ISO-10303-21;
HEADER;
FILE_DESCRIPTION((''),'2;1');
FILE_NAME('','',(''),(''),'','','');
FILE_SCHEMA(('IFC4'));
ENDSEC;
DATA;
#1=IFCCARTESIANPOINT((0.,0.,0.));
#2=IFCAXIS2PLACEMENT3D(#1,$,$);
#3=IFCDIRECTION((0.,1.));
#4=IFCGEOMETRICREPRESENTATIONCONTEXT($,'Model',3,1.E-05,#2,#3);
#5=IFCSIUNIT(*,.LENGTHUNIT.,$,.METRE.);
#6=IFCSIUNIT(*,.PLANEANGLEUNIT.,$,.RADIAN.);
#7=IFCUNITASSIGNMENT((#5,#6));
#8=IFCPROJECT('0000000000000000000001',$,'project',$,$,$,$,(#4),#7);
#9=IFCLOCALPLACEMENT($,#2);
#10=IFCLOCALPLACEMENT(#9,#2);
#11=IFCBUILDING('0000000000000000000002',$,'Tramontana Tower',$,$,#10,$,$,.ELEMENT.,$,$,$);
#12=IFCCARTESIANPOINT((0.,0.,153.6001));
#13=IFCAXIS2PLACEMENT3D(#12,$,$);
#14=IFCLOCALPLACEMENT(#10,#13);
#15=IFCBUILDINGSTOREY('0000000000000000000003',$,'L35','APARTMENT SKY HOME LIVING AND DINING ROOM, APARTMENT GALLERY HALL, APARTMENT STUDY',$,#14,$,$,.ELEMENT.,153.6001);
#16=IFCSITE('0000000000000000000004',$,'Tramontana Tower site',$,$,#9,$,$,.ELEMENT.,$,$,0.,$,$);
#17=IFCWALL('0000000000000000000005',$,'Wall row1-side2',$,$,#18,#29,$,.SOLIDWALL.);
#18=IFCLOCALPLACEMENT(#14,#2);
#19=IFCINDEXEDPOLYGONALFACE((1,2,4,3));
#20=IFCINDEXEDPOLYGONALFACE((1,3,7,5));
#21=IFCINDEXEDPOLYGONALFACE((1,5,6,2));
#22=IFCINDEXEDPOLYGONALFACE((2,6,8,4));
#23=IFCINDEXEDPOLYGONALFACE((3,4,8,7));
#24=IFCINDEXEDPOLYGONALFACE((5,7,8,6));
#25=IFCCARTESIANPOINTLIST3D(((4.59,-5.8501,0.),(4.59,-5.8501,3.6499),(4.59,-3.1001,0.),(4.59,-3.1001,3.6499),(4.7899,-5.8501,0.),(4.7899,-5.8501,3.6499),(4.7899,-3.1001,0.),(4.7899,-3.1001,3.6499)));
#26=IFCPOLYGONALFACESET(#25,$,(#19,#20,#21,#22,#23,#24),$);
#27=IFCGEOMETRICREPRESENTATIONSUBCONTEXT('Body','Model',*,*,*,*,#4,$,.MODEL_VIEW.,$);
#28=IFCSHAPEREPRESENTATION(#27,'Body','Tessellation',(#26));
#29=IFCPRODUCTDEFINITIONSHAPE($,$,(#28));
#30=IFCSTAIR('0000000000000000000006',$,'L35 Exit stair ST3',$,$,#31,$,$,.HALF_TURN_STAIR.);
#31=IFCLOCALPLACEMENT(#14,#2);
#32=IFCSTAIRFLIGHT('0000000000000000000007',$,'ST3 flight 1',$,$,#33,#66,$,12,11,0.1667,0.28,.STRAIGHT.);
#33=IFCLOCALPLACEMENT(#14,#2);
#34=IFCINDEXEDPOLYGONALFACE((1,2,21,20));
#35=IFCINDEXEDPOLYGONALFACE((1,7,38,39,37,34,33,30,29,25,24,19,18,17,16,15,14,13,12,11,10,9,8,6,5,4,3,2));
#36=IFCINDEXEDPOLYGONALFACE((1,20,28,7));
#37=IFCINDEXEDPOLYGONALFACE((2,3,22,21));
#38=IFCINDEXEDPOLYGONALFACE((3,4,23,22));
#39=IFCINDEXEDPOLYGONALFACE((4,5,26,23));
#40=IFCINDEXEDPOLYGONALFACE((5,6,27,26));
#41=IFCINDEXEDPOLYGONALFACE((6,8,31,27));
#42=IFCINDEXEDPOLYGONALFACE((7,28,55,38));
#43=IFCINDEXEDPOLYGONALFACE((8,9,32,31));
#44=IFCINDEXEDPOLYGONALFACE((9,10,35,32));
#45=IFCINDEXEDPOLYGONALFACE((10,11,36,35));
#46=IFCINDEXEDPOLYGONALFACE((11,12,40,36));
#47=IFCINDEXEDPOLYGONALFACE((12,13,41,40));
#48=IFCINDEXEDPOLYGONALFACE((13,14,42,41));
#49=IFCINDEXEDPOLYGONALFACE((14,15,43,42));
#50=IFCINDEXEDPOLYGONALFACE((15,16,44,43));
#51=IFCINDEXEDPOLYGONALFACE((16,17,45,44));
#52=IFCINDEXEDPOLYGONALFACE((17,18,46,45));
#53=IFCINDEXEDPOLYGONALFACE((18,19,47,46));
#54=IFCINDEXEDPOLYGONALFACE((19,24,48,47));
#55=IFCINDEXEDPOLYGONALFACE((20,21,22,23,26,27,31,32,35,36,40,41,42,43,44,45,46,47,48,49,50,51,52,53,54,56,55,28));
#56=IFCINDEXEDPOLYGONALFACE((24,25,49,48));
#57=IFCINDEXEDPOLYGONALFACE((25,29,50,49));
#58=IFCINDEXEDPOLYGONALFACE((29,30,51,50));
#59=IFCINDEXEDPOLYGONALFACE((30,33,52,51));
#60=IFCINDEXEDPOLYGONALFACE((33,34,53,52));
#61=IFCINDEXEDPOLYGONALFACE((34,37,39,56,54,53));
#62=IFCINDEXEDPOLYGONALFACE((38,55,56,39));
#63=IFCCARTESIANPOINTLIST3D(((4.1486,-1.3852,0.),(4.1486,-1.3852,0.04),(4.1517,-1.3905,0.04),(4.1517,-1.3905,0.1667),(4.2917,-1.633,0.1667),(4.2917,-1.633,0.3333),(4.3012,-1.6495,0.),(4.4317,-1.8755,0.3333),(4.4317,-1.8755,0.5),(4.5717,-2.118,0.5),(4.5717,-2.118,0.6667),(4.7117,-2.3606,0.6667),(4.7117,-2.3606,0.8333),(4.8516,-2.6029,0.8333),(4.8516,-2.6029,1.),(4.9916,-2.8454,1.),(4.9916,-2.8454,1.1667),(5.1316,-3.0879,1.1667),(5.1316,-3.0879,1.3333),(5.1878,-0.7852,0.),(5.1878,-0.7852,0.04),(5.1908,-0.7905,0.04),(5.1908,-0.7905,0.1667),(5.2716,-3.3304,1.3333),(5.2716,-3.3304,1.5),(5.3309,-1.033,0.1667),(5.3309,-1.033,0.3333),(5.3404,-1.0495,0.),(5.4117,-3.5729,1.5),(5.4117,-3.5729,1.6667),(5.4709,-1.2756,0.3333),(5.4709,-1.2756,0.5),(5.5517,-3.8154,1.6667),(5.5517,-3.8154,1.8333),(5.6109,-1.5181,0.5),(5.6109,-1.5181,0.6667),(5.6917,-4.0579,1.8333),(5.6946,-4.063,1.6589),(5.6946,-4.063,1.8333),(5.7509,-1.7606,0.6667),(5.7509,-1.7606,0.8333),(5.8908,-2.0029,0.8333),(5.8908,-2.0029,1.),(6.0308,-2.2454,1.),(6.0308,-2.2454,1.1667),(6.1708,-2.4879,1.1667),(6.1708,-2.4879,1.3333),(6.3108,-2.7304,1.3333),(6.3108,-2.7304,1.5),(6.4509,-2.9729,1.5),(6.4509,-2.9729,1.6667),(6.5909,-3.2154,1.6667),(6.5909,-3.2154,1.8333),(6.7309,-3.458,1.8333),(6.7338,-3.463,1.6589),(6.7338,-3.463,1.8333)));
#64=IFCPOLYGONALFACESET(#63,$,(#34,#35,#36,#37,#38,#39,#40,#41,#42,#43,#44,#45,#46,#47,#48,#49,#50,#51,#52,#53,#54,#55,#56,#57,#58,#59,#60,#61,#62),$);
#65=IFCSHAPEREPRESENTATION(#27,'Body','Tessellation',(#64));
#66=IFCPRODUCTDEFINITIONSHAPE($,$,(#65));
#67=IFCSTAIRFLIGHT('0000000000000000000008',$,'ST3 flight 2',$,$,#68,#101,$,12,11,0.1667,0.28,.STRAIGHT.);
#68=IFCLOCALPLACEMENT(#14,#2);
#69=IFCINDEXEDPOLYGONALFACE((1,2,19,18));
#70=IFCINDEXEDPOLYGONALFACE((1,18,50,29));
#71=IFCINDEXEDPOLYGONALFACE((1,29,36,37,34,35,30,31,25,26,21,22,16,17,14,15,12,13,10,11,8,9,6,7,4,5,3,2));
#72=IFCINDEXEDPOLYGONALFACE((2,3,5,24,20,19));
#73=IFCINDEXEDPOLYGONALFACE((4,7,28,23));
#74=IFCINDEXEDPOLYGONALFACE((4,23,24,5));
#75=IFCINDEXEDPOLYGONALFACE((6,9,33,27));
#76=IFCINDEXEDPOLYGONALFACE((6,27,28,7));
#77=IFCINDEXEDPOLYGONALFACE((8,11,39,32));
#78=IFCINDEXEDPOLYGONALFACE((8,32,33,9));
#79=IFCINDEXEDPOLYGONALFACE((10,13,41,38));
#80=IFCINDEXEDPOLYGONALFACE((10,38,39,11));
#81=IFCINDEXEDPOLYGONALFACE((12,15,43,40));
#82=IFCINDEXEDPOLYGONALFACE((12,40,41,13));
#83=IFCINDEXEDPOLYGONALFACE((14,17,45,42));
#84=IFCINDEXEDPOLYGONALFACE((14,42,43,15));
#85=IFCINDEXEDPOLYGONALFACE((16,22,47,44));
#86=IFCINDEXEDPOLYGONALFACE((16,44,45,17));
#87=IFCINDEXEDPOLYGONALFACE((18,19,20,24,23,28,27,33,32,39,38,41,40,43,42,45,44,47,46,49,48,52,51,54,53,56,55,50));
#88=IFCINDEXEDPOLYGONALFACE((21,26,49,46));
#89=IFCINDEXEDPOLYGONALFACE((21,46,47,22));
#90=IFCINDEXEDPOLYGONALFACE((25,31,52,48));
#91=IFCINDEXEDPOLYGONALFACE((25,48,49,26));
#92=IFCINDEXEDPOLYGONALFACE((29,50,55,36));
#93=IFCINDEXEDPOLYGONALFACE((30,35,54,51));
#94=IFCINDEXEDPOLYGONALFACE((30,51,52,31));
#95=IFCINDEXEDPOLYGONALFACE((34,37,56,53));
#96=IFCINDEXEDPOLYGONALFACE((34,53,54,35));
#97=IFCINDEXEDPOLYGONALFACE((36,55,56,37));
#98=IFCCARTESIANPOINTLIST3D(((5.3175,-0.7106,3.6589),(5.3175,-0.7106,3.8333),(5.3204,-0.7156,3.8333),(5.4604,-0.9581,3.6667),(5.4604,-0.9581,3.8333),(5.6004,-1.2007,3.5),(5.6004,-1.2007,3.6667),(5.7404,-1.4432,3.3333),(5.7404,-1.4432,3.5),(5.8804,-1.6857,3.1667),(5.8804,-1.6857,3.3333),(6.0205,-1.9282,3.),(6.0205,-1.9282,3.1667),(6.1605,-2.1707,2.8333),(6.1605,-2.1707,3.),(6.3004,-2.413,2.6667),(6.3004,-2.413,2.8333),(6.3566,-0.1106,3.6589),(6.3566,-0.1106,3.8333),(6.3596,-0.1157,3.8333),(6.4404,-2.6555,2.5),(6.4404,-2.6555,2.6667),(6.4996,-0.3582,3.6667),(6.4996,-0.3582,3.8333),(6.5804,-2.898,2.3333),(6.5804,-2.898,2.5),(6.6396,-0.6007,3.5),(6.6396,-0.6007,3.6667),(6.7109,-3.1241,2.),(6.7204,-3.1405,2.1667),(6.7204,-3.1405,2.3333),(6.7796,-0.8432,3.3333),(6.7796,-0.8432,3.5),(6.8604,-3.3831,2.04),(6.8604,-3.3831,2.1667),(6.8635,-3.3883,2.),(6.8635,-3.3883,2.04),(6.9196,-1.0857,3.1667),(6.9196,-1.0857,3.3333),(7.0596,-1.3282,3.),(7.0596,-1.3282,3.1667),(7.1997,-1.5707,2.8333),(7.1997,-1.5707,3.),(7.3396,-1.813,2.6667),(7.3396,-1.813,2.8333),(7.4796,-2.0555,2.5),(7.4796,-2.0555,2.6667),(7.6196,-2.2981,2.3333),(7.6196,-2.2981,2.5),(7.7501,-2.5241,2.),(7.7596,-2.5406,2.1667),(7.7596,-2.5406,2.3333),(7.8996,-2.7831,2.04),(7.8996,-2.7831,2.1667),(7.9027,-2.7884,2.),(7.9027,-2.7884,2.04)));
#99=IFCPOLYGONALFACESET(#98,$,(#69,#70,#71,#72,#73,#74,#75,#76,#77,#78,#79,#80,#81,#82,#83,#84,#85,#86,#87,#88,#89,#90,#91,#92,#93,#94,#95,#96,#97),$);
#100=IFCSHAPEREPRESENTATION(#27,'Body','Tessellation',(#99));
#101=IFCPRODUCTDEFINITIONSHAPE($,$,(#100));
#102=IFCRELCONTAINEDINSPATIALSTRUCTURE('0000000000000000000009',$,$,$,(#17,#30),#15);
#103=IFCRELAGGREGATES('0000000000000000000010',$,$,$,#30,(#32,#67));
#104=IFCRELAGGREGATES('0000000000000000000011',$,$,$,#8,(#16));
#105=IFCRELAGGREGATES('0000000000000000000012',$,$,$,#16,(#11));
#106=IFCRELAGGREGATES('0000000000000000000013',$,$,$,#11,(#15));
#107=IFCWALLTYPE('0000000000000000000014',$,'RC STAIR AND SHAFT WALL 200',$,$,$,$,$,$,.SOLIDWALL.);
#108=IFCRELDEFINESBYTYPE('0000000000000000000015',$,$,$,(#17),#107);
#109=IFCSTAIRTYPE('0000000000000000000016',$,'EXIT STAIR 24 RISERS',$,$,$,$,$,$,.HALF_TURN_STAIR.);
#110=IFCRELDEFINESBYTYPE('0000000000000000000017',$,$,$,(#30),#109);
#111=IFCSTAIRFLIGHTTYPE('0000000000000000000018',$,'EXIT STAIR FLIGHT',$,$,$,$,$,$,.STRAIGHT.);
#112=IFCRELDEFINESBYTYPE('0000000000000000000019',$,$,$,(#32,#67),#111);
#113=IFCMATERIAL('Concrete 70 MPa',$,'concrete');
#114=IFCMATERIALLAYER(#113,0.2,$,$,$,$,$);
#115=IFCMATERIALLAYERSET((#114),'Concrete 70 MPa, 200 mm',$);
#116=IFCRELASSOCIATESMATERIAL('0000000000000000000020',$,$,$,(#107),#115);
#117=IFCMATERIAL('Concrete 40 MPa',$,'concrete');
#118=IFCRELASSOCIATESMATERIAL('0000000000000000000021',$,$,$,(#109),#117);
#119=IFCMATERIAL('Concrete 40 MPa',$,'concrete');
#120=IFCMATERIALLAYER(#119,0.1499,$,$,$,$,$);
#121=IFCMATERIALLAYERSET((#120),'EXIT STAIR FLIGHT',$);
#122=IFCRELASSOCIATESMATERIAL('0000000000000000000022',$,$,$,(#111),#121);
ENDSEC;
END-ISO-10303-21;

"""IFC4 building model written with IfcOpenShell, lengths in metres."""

from ifc_helpers import new_model, si_unit, direction, frame, frame_2d, origin, place, context, subcontext, project, spatial, polyline, rectangle, outline, extrude, material, layer, layer_set, type_object, element, aggregate, save


model = new_model("IFC4")

# Units and contexts
model_context = context("Model", 3, precision=1e-05, world=origin(), true_north=direction((0.0, 1.0)))
body_context = subcontext(model_context, "Body", "Model", "MODEL_VIEW")
ifc_project = project(units=[si_unit("LENGTHUNIT", "METRE"), si_unit("PLANEANGLEUNIT", "RADIAN")], contexts=[model_context])

# Site, building, storey
site_placement = place(None, origin())
site = spatial("IfcSite", under=ifc_project, at=site_placement, Name="Tramontana Tower site", CompositionType="ELEMENT", RefElevation=0.0)
building_placement = place(site_placement, origin())
building = spatial("IfcBuilding", under=site, at=building_placement, Name="Tramontana Tower", CompositionType="ELEMENT")
storey_placement = place(building_placement, frame((0.0, 0.0, 153.6001)))
storey = spatial("IfcBuildingStorey", under=building, at=storey_placement, Name="L35", Description="APARTMENT SKY HOME LIVING AND DINING ROOM, APARTMENT GALLERY HALL, APARTMENT STUDY", CompositionType="ELEMENT", Elevation=153.6001)

# Shared definitions
ifc_material_1 = material(Name="Concrete 70 MPa", Category="concrete")
ifc_layer_1 = layer(ifc_material_1, 0.2)
ifc_layer_set_1 = layer_set([ifc_layer_1], Name="Concrete 70 MPa, 200 mm")
wall_type_1 = type_object("IfcWallType", Name="RC STAIR AND SHAFT WALL 200", PredefinedType="SOLIDWALL", material=ifc_layer_set_1)

# Wall
for number, where, z_axis, x_axis, name in (
    (1, (4.6899, -3.1001, 0.0), (0.0, 0.0, 1.0), (0.0, -1.0, 0.0), "Wall row1-side2"),
):
    element("IfcWall", number, at=place(storey_placement, frame(where, z_axis=z_axis, x_axis=x_axis)), inside=storey, type_object=wall_type_1, Name=name, PredefinedType="SOLIDWALL", context=body_context, shape_type="SweptSolid", body=[
        extrude(rectangle(XDim=2.75, YDim=0.2, at=frame_2d((1.375, 0.0))), origin(), (0.0, 0.0, 1.0), 3.6499),
    ])

# Stair, stair flights
ifc_material_2 = material(Name="Concrete 40 MPa", Category="concrete")
stair_type = type_object("IfcStairType", Name="EXIT STAIR 24 RISERS", PredefinedType="HALF_TURN_STAIR", material=ifc_material_2)
stair_placement = place(storey_placement, origin())
stair = element("IfcStair", 2, at=stair_placement, inside=storey, type_object=stair_type, Name="L35 Exit stair ST3", PredefinedType="HALF_TURN_STAIR")
ifc_material_3 = material(Name="Concrete 40 MPa", Category="concrete")
ifc_layer_2 = layer(ifc_material_3, 0.1499)
ifc_layer_set_2 = layer_set([ifc_layer_2], Name="EXIT STAIR FLIGHT")
stair_flight_type = type_object("IfcStairFlightType", Name="EXIT STAIR FLIGHT", PredefinedType="STRAIGHT", material=ifc_layer_set_2)
stair_flight_1_placement = place(storey_placement, frame((4.6711, -1.0906, 0.0), z_axis=(0.0, 0.0, 1.0), x_axis=(0.5, -0.866025, 0.0)))
stair_flight_1 = element("IfcStairFlight", 3, at=stair_flight_1_placement, type_object=stair_flight_type, Name="ST3 flight 1", NumberOfRisers=12, NumberOfTreads=11, PredefinedType="STRAIGHT", RiserHeight=0.1667, TreadLength=0.28, context=body_context, shape_type="SweptSolid", body=[
    extrude(outline(polyline([(-0.0061, 0.0), (-0.0061, 0.04), (0.0, 0.04), (0.0, 0.1667), (0.28, 0.1667), (0.28, 0.3333), (0.5601, 0.3333), (0.5601, 0.5), (0.8401, 0.5), (0.8401, 0.6667), (1.1201, 0.6667), (1.1201, 0.8333), (1.3999, 0.8333), (1.3999, 1.0), (1.6799, 1.0), (1.6799, 1.1667), (1.96, 1.1667), (1.96, 1.3333), (2.24, 1.3333), (2.24, 1.5), (2.52, 1.5), (2.52, 1.6667), (2.8, 1.6667), (2.8, 1.8333), (3.0801, 1.8333), (3.0859, 1.8333), (3.0859, 1.6589), (0.2991, 0.0), (-0.0061, 0.0)])), frame((0.0, 0.6001, 0.0), z_axis=(0.0, -1.0, 0.0), x_axis=(1.0, 0.0, 0.0)), (0.0, 0.0, 1.0), 1.2),
])
stair_flight_2_placement = place(storey_placement, frame((7.3801, -3.083, 2.0), z_axis=(0.0, 0.0, 1.0), x_axis=(-0.5, 0.866025, 0.0)))
stair_flight_2 = element("IfcStairFlight", 4, at=stair_flight_2_placement, type_object=stair_flight_type, Name="ST3 flight 2", NumberOfRisers=12, NumberOfTreads=11, PredefinedType="STRAIGHT", RiserHeight=0.1667, TreadLength=0.28, context=body_context, shape_type="SweptSolid", body=[
    extrude(outline(polyline([(-0.0061, 0.0), (-0.0061, 0.04), (0.0, 0.04), (0.0, 0.1667), (0.28, 0.1667), (0.28, 0.3333), (0.5601, 0.3333), (0.5601, 0.5), (0.8401, 0.5), (0.8401, 0.6667), (1.1201, 0.6667), (1.1201, 0.8333), (1.3999, 0.8333), (1.3999, 1.0), (1.6799, 1.0), (1.6799, 1.1667), (1.96, 1.1667), (1.96, 1.3333), (2.24, 1.3333), (2.24, 1.5), (2.52, 1.5), (2.52, 1.6667), (2.8, 1.6667), (2.8, 1.8333), (3.0801, 1.8333), (3.0859, 1.8333), (3.0859, 1.6589), (0.2991, 0.0), (-0.0061, 0.0)])), frame((0.0, 0.6001, 0.0), z_axis=(0.0, -1.0, 0.0), x_axis=(1.0, 0.0, 0.0)), (0.0, 0.0, 1.0), 1.2),
])
aggregate(stair, [stair_flight_1, stair_flight_2])

save(model, "model.ifc")
